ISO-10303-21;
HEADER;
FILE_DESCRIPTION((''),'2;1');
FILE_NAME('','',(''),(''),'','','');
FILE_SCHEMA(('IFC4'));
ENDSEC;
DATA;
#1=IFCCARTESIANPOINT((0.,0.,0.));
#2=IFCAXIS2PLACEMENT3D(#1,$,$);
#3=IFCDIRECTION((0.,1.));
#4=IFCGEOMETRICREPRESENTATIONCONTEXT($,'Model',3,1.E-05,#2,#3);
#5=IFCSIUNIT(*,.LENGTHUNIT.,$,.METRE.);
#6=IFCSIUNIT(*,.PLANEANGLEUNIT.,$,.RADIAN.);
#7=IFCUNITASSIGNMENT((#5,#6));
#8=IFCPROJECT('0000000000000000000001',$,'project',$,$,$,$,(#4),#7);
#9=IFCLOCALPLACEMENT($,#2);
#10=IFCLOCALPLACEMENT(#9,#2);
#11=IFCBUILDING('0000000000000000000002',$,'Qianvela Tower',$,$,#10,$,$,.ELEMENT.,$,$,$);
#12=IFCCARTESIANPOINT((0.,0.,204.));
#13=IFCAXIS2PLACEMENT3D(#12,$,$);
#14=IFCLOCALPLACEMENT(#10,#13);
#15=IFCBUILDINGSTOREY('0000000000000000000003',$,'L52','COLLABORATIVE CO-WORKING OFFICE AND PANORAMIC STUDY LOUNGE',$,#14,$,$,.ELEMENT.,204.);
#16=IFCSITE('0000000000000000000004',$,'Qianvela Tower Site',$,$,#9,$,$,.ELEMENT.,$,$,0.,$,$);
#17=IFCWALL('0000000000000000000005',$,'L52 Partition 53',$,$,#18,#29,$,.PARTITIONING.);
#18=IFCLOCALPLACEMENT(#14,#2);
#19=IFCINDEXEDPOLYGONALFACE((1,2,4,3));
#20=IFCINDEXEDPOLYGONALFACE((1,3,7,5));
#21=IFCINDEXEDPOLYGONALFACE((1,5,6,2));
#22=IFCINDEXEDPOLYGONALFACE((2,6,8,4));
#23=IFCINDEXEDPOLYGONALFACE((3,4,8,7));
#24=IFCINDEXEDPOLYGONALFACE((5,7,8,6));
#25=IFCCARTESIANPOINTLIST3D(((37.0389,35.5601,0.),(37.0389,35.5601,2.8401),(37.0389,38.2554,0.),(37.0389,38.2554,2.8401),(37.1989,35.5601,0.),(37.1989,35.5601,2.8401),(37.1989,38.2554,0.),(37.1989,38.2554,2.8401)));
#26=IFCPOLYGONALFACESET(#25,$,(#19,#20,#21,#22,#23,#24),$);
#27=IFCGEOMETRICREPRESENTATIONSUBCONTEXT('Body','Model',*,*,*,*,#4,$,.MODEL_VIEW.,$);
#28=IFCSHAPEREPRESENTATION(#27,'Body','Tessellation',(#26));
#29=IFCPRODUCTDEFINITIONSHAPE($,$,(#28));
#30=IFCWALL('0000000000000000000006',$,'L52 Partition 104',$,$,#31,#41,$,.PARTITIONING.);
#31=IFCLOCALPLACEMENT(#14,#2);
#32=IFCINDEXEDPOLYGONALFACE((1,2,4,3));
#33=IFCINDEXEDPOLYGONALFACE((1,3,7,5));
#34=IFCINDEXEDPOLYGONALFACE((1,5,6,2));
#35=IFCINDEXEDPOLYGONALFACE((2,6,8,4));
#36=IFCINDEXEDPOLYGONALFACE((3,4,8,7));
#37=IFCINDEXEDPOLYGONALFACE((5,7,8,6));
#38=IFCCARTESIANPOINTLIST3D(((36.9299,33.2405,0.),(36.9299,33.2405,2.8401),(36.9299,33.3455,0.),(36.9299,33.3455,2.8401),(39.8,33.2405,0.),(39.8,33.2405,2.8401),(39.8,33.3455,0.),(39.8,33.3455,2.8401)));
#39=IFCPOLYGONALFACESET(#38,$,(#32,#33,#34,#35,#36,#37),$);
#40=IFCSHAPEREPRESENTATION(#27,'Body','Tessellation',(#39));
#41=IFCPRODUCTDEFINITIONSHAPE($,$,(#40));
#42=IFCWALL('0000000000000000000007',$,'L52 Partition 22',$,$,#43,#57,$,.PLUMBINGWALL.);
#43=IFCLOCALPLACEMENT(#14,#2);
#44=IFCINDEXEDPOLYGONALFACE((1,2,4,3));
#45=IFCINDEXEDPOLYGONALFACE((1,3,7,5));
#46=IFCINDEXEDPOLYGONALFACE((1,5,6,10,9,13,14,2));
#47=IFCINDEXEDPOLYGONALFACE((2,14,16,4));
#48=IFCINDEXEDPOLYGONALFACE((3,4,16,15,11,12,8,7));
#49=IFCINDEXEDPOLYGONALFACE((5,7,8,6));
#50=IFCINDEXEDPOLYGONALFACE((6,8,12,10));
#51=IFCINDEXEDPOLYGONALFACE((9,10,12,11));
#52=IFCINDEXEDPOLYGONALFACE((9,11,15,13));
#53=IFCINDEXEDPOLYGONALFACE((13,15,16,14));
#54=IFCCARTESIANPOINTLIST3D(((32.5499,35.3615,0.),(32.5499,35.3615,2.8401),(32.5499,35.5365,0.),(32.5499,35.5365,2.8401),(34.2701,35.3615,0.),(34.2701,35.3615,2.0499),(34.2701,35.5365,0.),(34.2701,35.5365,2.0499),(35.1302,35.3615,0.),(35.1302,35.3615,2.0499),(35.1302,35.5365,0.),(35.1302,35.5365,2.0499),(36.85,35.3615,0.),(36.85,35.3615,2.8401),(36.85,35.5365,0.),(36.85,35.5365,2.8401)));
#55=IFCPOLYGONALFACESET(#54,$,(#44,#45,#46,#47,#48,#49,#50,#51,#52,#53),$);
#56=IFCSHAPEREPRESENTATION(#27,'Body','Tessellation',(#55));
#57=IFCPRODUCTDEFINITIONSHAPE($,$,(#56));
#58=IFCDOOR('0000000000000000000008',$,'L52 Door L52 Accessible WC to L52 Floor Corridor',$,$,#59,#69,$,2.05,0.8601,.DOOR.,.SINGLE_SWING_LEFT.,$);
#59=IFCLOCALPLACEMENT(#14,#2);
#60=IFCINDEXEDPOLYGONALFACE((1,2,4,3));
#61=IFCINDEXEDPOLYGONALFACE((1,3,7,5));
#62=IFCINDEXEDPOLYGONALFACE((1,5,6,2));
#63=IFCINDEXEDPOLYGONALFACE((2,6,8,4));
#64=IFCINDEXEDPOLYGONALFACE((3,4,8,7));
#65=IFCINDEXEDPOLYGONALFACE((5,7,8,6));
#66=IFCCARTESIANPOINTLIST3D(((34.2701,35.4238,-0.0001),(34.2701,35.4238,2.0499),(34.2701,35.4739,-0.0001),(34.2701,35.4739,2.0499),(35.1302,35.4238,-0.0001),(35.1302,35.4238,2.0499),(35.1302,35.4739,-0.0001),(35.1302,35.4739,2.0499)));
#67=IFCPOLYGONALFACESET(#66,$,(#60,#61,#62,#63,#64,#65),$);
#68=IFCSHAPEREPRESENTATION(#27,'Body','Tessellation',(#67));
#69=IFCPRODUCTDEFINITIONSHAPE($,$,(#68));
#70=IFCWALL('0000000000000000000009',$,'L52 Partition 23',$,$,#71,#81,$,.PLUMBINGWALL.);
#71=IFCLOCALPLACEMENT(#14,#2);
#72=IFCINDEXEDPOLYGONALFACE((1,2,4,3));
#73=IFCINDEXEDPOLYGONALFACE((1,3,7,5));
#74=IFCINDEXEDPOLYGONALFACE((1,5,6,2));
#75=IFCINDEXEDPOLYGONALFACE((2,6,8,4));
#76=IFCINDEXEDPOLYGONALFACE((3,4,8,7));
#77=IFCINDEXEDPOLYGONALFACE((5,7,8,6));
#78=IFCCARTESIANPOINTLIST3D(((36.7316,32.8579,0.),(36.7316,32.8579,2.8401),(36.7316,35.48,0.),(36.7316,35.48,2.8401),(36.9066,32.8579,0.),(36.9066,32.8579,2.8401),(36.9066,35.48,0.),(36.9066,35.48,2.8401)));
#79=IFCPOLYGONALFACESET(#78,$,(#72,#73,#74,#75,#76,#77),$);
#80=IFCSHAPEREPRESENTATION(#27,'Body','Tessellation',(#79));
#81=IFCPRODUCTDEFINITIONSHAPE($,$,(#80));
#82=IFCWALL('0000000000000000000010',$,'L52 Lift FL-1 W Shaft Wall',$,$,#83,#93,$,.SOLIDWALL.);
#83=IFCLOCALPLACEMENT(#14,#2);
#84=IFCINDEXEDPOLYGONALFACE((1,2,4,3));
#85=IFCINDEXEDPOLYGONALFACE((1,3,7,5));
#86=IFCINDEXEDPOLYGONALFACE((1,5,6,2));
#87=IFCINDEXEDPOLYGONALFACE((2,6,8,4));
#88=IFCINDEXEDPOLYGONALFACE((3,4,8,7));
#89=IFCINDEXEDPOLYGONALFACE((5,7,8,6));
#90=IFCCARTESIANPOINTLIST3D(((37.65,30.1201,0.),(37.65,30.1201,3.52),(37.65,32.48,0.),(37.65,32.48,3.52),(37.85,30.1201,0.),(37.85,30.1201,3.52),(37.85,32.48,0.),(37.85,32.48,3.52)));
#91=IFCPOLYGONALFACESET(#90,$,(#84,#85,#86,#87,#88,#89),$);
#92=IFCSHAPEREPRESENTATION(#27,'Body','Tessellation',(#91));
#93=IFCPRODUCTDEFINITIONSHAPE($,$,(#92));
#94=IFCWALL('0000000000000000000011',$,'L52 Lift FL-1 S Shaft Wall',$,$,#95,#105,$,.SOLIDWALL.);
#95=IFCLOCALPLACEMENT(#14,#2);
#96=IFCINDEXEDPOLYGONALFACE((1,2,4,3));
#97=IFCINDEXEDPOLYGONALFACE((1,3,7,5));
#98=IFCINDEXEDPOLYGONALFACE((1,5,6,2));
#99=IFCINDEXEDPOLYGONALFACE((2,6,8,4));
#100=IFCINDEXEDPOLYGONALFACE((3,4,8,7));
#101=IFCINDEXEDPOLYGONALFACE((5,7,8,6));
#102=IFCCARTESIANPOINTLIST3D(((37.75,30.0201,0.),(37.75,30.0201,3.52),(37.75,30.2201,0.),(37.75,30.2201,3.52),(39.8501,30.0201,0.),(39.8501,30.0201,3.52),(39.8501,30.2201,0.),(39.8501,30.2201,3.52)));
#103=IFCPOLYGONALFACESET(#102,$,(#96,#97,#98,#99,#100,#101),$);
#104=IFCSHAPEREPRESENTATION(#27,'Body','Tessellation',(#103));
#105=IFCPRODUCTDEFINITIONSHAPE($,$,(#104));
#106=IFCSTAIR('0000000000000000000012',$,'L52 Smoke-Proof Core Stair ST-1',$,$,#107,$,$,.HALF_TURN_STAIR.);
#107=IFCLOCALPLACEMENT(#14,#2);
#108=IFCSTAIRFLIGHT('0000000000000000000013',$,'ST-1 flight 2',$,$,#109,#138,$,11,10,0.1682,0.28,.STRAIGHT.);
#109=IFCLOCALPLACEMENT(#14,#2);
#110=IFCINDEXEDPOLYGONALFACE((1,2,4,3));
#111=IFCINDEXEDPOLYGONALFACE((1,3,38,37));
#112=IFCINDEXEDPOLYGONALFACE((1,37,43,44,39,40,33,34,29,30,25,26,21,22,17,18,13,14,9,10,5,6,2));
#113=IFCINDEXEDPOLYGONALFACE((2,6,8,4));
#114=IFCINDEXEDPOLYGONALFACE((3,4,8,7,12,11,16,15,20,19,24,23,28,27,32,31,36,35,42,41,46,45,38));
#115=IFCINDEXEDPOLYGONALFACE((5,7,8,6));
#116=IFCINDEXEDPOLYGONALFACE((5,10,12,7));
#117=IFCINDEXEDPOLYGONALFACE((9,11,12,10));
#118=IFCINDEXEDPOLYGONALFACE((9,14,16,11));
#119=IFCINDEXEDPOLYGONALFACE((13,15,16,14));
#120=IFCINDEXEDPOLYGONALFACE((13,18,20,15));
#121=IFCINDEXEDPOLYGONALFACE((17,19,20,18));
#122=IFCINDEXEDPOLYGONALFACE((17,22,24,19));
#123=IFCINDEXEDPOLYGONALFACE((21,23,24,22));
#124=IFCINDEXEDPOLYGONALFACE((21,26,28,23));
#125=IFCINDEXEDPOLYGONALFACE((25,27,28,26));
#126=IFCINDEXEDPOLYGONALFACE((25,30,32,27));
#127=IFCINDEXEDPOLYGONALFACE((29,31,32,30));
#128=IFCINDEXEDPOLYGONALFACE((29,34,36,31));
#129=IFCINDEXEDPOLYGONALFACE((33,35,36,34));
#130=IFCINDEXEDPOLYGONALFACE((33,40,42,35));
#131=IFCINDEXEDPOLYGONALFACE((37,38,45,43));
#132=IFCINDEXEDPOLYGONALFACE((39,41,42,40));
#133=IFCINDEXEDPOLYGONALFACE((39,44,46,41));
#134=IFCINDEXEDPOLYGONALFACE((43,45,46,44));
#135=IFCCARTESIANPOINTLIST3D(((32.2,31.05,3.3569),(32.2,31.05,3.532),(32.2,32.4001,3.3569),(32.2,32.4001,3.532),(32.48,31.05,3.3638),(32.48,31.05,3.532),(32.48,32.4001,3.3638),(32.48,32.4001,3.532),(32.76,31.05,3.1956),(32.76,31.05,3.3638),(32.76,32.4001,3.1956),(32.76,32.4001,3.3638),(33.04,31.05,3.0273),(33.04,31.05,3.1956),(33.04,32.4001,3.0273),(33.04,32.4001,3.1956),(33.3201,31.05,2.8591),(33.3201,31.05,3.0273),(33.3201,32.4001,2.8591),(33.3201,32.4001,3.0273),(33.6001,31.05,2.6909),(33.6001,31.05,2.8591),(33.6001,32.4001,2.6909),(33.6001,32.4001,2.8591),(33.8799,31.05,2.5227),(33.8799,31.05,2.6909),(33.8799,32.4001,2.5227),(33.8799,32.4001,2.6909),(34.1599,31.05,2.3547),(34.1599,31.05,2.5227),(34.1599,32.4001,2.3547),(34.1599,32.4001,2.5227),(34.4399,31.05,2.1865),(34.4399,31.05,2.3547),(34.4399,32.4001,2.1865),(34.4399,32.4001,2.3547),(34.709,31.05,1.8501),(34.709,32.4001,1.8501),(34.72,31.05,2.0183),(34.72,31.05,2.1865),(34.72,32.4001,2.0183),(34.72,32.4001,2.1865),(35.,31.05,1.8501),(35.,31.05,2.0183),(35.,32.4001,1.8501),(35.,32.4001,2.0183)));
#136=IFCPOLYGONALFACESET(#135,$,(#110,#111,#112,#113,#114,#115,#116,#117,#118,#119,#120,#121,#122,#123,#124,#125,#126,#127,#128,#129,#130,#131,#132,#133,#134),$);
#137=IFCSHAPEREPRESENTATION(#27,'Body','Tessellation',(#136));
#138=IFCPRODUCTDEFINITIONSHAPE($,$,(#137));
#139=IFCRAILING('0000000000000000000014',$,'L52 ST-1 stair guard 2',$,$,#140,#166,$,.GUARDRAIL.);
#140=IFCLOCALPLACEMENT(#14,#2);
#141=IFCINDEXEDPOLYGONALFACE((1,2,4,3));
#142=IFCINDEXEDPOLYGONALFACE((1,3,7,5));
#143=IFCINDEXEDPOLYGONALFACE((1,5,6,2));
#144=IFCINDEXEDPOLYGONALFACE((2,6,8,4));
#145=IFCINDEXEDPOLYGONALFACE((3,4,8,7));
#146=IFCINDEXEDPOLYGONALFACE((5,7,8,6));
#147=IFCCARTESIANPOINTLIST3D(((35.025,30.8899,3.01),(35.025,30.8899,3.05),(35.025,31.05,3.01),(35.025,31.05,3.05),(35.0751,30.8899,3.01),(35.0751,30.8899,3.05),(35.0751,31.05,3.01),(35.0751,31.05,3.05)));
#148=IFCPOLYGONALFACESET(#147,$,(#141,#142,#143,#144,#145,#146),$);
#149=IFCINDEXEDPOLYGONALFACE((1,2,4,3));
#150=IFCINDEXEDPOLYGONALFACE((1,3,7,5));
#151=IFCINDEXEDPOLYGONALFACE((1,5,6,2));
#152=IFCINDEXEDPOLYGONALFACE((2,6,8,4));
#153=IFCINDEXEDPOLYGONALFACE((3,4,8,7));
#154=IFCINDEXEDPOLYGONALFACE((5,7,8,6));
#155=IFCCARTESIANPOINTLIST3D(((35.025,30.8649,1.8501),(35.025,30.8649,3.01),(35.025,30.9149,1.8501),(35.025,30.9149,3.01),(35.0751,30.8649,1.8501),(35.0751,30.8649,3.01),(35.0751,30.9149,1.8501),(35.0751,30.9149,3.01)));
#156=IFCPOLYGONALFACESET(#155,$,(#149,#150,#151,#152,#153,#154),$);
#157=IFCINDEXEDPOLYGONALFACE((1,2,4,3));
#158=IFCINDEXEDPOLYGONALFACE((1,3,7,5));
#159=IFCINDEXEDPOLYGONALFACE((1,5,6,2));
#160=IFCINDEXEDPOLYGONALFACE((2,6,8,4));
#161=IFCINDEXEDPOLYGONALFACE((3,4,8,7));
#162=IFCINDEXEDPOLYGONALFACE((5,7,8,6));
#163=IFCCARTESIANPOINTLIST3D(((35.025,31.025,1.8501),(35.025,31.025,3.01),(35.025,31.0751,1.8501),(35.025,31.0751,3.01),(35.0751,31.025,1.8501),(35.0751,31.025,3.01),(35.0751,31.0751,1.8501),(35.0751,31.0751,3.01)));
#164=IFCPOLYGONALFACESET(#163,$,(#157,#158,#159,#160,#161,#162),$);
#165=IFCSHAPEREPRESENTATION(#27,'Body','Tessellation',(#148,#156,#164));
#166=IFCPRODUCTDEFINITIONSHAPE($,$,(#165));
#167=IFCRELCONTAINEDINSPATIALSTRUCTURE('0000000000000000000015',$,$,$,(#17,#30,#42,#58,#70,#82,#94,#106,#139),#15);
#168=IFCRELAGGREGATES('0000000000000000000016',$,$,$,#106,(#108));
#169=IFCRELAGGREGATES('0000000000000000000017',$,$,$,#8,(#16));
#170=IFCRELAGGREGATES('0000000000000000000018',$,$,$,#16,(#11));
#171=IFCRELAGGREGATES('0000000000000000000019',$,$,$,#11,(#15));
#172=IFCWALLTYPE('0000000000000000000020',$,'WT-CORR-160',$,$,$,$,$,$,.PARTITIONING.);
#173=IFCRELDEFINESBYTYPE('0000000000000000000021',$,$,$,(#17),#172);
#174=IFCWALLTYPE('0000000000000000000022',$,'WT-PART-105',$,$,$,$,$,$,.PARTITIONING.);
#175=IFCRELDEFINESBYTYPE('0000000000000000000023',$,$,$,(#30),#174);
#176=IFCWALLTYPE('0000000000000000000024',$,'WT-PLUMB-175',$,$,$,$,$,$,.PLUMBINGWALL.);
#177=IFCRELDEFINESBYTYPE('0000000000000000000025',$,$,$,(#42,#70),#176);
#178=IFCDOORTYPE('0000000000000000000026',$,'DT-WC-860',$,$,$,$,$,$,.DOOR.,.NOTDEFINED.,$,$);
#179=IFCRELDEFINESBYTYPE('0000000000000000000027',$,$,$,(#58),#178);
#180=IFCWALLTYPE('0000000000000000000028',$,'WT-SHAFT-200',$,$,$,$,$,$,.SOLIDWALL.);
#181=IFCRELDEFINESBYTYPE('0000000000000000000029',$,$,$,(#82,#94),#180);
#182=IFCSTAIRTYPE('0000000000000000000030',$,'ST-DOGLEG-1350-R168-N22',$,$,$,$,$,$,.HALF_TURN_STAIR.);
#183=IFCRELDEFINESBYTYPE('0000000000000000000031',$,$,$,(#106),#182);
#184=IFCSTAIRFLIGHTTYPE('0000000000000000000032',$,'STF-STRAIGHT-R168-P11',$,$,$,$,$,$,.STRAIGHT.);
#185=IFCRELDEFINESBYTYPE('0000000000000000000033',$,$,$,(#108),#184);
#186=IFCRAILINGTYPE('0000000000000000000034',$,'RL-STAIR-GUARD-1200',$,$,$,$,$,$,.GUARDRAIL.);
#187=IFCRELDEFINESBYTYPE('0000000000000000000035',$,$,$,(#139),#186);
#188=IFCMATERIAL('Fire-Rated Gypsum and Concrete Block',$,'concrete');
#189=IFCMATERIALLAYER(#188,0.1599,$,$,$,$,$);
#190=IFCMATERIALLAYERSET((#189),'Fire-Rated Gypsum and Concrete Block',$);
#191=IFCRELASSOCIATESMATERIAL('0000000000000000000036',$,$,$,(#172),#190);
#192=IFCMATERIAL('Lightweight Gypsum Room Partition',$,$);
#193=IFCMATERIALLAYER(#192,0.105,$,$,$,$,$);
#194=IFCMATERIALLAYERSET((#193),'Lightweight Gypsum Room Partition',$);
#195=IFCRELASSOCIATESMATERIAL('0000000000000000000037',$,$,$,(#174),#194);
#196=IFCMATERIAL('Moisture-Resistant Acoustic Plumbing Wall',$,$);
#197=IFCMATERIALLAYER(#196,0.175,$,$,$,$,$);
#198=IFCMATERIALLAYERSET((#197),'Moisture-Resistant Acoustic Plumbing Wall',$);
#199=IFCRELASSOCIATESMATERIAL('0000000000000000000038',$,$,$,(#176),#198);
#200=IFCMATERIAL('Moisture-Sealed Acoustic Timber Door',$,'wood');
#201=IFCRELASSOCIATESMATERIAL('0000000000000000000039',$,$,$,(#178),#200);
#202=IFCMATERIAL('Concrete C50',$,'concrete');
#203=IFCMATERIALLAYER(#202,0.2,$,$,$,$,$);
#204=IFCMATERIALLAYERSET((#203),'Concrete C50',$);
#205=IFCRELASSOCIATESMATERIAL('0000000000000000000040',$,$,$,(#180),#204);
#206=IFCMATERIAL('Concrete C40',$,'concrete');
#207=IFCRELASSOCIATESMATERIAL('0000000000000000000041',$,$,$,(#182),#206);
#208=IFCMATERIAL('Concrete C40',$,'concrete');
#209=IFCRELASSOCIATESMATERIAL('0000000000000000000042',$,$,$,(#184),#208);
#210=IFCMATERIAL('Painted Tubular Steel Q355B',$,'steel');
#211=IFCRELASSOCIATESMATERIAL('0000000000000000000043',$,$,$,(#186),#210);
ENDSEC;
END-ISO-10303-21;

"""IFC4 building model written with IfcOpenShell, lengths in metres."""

from ifc_helpers import new_model, si_unit, direction, frame, frame_2d, origin, origin_2d, place, context, subcontext, project, spatial, polyline, rectangle, outline, extrude, material, layer, layer_set, type_object, element, fill, aggregate, save


model = new_model("IFC4")

# Units and contexts
model_context = context("Model", 3, precision=1e-05, world=origin(), true_north=direction((0.0, 1.0)))
body_context = subcontext(model_context, "Body", "Model", "MODEL_VIEW")
ifc_project = project(units=[si_unit("LENGTHUNIT", "METRE"), si_unit("PLANEANGLEUNIT", "RADIAN")], contexts=[model_context])

# Site, building, storey
site_placement = place(None, origin())
site = spatial("IfcSite", under=ifc_project, at=site_placement, Name="Qianvela Tower Site", CompositionType="ELEMENT", RefElevation=0.0)
building_placement = place(site_placement, origin())
building = spatial("IfcBuilding", under=site, at=building_placement, Name="Qianvela Tower", CompositionType="ELEMENT")
storey_placement = place(building_placement, frame((0.0, 0.0, 204.0)))
storey = spatial("IfcBuildingStorey", under=building, at=storey_placement, Name="L52", Description="COLLABORATIVE CO-WORKING OFFICE AND PANORAMIC STUDY LOUNGE", CompositionType="ELEMENT", Elevation=204.0)

# Walls
ifc_material_1 = material(Name="Fire-Rated Gypsum and Concrete Block", Category="concrete")
ifc_layer_1 = layer(ifc_material_1, 0.1599)
ifc_layer_set_1 = layer_set([ifc_layer_1], Name="Fire-Rated Gypsum and Concrete Block")
wall_type_1 = type_object("IfcWallType", Name="WT-CORR-160", PredefinedType="PARTITIONING", material=ifc_layer_set_1)
wall_1_placement = place(storey_placement, frame((37.1189, 38.2554, 0.0), z_axis=(0.0, 0.0, 1.0), x_axis=(0.0, -1.0, 0.0)))
element("IfcWall", 1, at=wall_1_placement, inside=storey, type_object=wall_type_1, Name="L52 Partition 53", PredefinedType="PARTITIONING", context=body_context, shape_type="SweptSolid", body=[
    extrude(rectangle(XDim=2.6953, YDim=0.1599, at=frame_2d((1.3477, 0.0))), origin(), (0.0, 0.0, 1.0), 2.8401),
])
ifc_material_2 = material(Name="Lightweight Gypsum Room Partition")
ifc_layer_2 = layer(ifc_material_2, 0.105)
ifc_layer_set_2 = layer_set([ifc_layer_2], Name="Lightweight Gypsum Room Partition")
wall_type_2 = type_object("IfcWallType", Name="WT-PART-105", PredefinedType="PARTITIONING", material=ifc_layer_set_2)
wall_2_placement = place(storey_placement, frame((39.8, 33.293, 0.0), z_axis=(0.0, 0.0, 1.0), x_axis=(-1.0, 0.0, 0.0)))
element("IfcWall", 2, at=wall_2_placement, inside=storey, type_object=wall_type_2, Name="L52 Partition 104", PredefinedType="PARTITIONING", context=body_context, shape_type="SweptSolid", body=[
    extrude(rectangle(XDim=2.8701, YDim=0.105, at=frame_2d((1.4351, 0.0))), origin(), (0.0, 0.0, 1.0), 2.8401),
])

# Wall, opening, door
ifc_material_3 = material(Name="Moisture-Resistant Acoustic Plumbing Wall")
ifc_layer_3 = layer(ifc_material_3, 0.175)
ifc_layer_set_3 = layer_set([ifc_layer_3], Name="Moisture-Resistant Acoustic Plumbing Wall")
wall_type_3 = type_object("IfcWallType", Name="WT-PLUMB-175", PredefinedType="PLUMBINGWALL", material=ifc_layer_set_3)
wall_3_placement = place(storey_placement, frame((32.55, 35.449, 0.0), z_axis=(0.0, 0.0, 1.0), x_axis=(1.0, 0.0, 0.0)))
wall_3 = element("IfcWall", 3, at=wall_3_placement, inside=storey, type_object=wall_type_3, Name="L52 Partition 22", PredefinedType="PLUMBINGWALL", context=body_context, shape_type="SweptSolid", body=[
    extrude(rectangle(XDim=4.3, YDim=0.175, at=frame_2d((2.1499, 0.0))), origin(), (0.0, 0.0, 1.0), 2.8401),
])
opening_1_placement = place(wall_3_placement, frame((1.72, 0.0, 0.0)))
opening_1 = element("IfcOpeningElement", 4, at=opening_1_placement, cuts=wall_3, PredefinedType="OPENING", context=body_context, shape_type="SweptSolid", body=[
    extrude(rectangle(XDim=0.8601, YDim=2.05, at=frame_2d((0.4302, 1.0249))), frame((0.0, 0.0974, 0.0), z_axis=(0.0, -1.0, 0.0), x_axis=(1.0, 0.0, 0.0)), (0.0, 0.0, 1.0), 0.1951),
])
ifc_material_4 = material(Name="Moisture-Sealed Acoustic Timber Door", Category="wood")
door_type_1 = type_object("IfcDoorType", Name="DT-WC-860", OperationType="NOTDEFINED", PredefinedType="DOOR", material=ifc_material_4)
door_1_placement = place(opening_1_placement, origin())
door_1 = element("IfcDoor", 5, at=door_1_placement, inside=storey, type_object=door_type_1, Name="L52 Door L52 Accessible WC to L52 Floor Corridor", OperationType="SINGLE_SWING_LEFT", OverallHeight=2.05, OverallWidth=0.8601, PredefinedType="DOOR", context=body_context, shape_type="SweptSolid", body=[
    extrude(rectangle(XDim=0.8601, YDim=2.05, at=frame_2d((0.4302, 1.0249))), frame((0.0, 0.0249, 0.0), z_axis=(0.0, -1.0, 0.0), x_axis=(1.0, 0.0, 0.0)), (0.0, 0.0, 1.0), 0.05),
])
fill(opening_1, door_1)

# Wall
wall_4_placement = place(storey_placement, frame((36.8191, 35.48, 0.0), z_axis=(0.0, 0.0, 1.0), x_axis=(0.0, -1.0, 0.0)))
element("IfcWall", 6, at=wall_4_placement, inside=storey, type_object=wall_type_3, Name="L52 Partition 23", PredefinedType="PLUMBINGWALL", context=body_context, shape_type="SweptSolid", body=[
    extrude(rectangle(XDim=2.6221, YDim=0.175, at=frame_2d((1.311, 0.0))), origin(), (0.0, 0.0, 1.0), 2.8401),
])

# Shared definitions
ifc_material_5 = material(Name="Concrete C50", Category="concrete")
ifc_layer_4 = layer(ifc_material_5, 0.2)
ifc_layer_set_4 = layer_set([ifc_layer_4], Name="Concrete C50")
wall_type_4 = type_object("IfcWallType", Name="WT-SHAFT-200", PredefinedType="SOLIDWALL", material=ifc_layer_set_4)

# Walls
wall_5_placement = place(storey_placement, frame((37.75, 30.1201, 0.0), z_axis=(0.0, 0.0, 1.0), x_axis=(0.0, 1.0, 0.0)))
element("IfcWall", 7, at=wall_5_placement, inside=storey, type_object=wall_type_4, Name="L52 Lift FL-1 W Shaft Wall", PredefinedType="SOLIDWALL", context=body_context, shape_type="SweptSolid", body=[
    extrude(rectangle(XDim=2.3599, YDim=0.2, at=frame_2d((1.1799, 0.0))), origin(), (0.0, 0.0, 1.0), 3.52),
])
wall_6_placement = place(storey_placement, frame((37.75, 30.1201, 0.0), z_axis=(0.0, 0.0, 1.0), x_axis=(1.0, 0.0, 0.0)))
element("IfcWall", 8, at=wall_6_placement, inside=storey, type_object=wall_type_4, Name="L52 Lift FL-1 S Shaft Wall", PredefinedType="SOLIDWALL", context=body_context, shape_type="SweptSolid", body=[
    extrude(rectangle(XDim=2.1001, YDim=0.2, at=frame_2d((1.05, 0.0))), origin(), (0.0, 0.0, 1.0), 3.52),
])

# Stair, stair flight
ifc_material_6 = material(Name="Concrete C40", Category="concrete")
stair_type = type_object("IfcStairType", Name="ST-DOGLEG-1350-R168-N22", PredefinedType="HALF_TURN_STAIR", material=ifc_material_6)
stair_placement = place(storey_placement, origin())
stair = element("IfcStair", 9, at=stair_placement, inside=storey, type_object=stair_type, Name="L52 Smoke-Proof Core Stair ST-1", PredefinedType="HALF_TURN_STAIR")
ifc_material_7 = material(Name="Concrete C40", Category="concrete")
stair_flight_type = type_object("IfcStairFlightType", Name="STF-STRAIGHT-R168-P11", PredefinedType="STRAIGHT", material=ifc_material_7)
stair_flight_placement = place(storey_placement, frame((35.0, 31.7251, 1.8501), z_axis=(0.0, 0.0, 1.0), x_axis=(-1.0, 0.0, 0.0)))
stair_flight = element("IfcStairFlight", 10, at=stair_flight_placement, type_object=stair_flight_type, Name="ST-1 flight 2", NumberOfRisers=11, NumberOfTreads=10, PredefinedType="STRAIGHT", RiserHeight=0.1682, TreadLength=0.28, context=body_context, shape_type="SweptSolid", body=[
    extrude(outline(polyline([(0.0, 0.0), (0.0, 0.1682), (0.28, 0.1682), (0.28, 0.3364), (0.5601, 0.3364), (0.5601, 0.5046), (0.8401, 0.5046), (0.8401, 0.6726), (1.1201, 0.6726), (1.1201, 0.8408), (1.3999, 0.8408), (1.3999, 1.009), (1.6799, 1.009), (1.6799, 1.1772), (1.96, 1.1772), (1.96, 1.3455), (2.24, 1.3455), (2.24, 1.5137), (2.52, 1.5137), (2.52, 1.6819), (2.8, 1.6819), (2.8, 1.8501), (2.8, 1.5068), (0.291, 0.0), (0.0, 0.0)])), frame((0.0, 0.675, 0.0), z_axis=(0.0, -1.0, 0.0), x_axis=(1.0, 0.0, 0.0)), (0.0, 0.0, 1.0), 1.3501),
])
aggregate(stair, [stair_flight])

# Railing
ifc_material_8 = material(Name="Painted Tubular Steel Q355B", Category="steel")
railing_type_1 = type_object("IfcRailingType", Name="RL-STAIR-GUARD-1200", PredefinedType="GUARDRAIL", material=ifc_material_8)
railing_1_placement = place(storey_placement, frame((35.05, 30.8899, 1.8501)))
element("IfcRailing", 11, at=railing_1_placement, inside=storey, type_object=railing_type_1, Name="L52 ST-1 stair guard 2", PredefinedType="GUARDRAIL", context=body_context, shape_type="SweptSolid", body=[
    extrude(rectangle(XDim=0.05, YDim=0.04, at=origin_2d()), frame((0.0, 0.0, 1.1799), z_axis=(0.0, 1.0, 0.0), x_axis=(-1.0, 0.0, 0.0)), (0.0, 0.0, 1.0), 0.1602),
    extrude(rectangle(XDim=0.05, YDim=0.05, at=origin_2d()), origin(), (0.0, 0.0, 1.0), 1.1599),
    extrude(rectangle(XDim=0.05, YDim=0.05, at=origin_2d()), frame((0.0, 0.1602, 0.0)), (0.0, 0.0, 1.0), 1.1599),
])

save(model, "model.ifc")
